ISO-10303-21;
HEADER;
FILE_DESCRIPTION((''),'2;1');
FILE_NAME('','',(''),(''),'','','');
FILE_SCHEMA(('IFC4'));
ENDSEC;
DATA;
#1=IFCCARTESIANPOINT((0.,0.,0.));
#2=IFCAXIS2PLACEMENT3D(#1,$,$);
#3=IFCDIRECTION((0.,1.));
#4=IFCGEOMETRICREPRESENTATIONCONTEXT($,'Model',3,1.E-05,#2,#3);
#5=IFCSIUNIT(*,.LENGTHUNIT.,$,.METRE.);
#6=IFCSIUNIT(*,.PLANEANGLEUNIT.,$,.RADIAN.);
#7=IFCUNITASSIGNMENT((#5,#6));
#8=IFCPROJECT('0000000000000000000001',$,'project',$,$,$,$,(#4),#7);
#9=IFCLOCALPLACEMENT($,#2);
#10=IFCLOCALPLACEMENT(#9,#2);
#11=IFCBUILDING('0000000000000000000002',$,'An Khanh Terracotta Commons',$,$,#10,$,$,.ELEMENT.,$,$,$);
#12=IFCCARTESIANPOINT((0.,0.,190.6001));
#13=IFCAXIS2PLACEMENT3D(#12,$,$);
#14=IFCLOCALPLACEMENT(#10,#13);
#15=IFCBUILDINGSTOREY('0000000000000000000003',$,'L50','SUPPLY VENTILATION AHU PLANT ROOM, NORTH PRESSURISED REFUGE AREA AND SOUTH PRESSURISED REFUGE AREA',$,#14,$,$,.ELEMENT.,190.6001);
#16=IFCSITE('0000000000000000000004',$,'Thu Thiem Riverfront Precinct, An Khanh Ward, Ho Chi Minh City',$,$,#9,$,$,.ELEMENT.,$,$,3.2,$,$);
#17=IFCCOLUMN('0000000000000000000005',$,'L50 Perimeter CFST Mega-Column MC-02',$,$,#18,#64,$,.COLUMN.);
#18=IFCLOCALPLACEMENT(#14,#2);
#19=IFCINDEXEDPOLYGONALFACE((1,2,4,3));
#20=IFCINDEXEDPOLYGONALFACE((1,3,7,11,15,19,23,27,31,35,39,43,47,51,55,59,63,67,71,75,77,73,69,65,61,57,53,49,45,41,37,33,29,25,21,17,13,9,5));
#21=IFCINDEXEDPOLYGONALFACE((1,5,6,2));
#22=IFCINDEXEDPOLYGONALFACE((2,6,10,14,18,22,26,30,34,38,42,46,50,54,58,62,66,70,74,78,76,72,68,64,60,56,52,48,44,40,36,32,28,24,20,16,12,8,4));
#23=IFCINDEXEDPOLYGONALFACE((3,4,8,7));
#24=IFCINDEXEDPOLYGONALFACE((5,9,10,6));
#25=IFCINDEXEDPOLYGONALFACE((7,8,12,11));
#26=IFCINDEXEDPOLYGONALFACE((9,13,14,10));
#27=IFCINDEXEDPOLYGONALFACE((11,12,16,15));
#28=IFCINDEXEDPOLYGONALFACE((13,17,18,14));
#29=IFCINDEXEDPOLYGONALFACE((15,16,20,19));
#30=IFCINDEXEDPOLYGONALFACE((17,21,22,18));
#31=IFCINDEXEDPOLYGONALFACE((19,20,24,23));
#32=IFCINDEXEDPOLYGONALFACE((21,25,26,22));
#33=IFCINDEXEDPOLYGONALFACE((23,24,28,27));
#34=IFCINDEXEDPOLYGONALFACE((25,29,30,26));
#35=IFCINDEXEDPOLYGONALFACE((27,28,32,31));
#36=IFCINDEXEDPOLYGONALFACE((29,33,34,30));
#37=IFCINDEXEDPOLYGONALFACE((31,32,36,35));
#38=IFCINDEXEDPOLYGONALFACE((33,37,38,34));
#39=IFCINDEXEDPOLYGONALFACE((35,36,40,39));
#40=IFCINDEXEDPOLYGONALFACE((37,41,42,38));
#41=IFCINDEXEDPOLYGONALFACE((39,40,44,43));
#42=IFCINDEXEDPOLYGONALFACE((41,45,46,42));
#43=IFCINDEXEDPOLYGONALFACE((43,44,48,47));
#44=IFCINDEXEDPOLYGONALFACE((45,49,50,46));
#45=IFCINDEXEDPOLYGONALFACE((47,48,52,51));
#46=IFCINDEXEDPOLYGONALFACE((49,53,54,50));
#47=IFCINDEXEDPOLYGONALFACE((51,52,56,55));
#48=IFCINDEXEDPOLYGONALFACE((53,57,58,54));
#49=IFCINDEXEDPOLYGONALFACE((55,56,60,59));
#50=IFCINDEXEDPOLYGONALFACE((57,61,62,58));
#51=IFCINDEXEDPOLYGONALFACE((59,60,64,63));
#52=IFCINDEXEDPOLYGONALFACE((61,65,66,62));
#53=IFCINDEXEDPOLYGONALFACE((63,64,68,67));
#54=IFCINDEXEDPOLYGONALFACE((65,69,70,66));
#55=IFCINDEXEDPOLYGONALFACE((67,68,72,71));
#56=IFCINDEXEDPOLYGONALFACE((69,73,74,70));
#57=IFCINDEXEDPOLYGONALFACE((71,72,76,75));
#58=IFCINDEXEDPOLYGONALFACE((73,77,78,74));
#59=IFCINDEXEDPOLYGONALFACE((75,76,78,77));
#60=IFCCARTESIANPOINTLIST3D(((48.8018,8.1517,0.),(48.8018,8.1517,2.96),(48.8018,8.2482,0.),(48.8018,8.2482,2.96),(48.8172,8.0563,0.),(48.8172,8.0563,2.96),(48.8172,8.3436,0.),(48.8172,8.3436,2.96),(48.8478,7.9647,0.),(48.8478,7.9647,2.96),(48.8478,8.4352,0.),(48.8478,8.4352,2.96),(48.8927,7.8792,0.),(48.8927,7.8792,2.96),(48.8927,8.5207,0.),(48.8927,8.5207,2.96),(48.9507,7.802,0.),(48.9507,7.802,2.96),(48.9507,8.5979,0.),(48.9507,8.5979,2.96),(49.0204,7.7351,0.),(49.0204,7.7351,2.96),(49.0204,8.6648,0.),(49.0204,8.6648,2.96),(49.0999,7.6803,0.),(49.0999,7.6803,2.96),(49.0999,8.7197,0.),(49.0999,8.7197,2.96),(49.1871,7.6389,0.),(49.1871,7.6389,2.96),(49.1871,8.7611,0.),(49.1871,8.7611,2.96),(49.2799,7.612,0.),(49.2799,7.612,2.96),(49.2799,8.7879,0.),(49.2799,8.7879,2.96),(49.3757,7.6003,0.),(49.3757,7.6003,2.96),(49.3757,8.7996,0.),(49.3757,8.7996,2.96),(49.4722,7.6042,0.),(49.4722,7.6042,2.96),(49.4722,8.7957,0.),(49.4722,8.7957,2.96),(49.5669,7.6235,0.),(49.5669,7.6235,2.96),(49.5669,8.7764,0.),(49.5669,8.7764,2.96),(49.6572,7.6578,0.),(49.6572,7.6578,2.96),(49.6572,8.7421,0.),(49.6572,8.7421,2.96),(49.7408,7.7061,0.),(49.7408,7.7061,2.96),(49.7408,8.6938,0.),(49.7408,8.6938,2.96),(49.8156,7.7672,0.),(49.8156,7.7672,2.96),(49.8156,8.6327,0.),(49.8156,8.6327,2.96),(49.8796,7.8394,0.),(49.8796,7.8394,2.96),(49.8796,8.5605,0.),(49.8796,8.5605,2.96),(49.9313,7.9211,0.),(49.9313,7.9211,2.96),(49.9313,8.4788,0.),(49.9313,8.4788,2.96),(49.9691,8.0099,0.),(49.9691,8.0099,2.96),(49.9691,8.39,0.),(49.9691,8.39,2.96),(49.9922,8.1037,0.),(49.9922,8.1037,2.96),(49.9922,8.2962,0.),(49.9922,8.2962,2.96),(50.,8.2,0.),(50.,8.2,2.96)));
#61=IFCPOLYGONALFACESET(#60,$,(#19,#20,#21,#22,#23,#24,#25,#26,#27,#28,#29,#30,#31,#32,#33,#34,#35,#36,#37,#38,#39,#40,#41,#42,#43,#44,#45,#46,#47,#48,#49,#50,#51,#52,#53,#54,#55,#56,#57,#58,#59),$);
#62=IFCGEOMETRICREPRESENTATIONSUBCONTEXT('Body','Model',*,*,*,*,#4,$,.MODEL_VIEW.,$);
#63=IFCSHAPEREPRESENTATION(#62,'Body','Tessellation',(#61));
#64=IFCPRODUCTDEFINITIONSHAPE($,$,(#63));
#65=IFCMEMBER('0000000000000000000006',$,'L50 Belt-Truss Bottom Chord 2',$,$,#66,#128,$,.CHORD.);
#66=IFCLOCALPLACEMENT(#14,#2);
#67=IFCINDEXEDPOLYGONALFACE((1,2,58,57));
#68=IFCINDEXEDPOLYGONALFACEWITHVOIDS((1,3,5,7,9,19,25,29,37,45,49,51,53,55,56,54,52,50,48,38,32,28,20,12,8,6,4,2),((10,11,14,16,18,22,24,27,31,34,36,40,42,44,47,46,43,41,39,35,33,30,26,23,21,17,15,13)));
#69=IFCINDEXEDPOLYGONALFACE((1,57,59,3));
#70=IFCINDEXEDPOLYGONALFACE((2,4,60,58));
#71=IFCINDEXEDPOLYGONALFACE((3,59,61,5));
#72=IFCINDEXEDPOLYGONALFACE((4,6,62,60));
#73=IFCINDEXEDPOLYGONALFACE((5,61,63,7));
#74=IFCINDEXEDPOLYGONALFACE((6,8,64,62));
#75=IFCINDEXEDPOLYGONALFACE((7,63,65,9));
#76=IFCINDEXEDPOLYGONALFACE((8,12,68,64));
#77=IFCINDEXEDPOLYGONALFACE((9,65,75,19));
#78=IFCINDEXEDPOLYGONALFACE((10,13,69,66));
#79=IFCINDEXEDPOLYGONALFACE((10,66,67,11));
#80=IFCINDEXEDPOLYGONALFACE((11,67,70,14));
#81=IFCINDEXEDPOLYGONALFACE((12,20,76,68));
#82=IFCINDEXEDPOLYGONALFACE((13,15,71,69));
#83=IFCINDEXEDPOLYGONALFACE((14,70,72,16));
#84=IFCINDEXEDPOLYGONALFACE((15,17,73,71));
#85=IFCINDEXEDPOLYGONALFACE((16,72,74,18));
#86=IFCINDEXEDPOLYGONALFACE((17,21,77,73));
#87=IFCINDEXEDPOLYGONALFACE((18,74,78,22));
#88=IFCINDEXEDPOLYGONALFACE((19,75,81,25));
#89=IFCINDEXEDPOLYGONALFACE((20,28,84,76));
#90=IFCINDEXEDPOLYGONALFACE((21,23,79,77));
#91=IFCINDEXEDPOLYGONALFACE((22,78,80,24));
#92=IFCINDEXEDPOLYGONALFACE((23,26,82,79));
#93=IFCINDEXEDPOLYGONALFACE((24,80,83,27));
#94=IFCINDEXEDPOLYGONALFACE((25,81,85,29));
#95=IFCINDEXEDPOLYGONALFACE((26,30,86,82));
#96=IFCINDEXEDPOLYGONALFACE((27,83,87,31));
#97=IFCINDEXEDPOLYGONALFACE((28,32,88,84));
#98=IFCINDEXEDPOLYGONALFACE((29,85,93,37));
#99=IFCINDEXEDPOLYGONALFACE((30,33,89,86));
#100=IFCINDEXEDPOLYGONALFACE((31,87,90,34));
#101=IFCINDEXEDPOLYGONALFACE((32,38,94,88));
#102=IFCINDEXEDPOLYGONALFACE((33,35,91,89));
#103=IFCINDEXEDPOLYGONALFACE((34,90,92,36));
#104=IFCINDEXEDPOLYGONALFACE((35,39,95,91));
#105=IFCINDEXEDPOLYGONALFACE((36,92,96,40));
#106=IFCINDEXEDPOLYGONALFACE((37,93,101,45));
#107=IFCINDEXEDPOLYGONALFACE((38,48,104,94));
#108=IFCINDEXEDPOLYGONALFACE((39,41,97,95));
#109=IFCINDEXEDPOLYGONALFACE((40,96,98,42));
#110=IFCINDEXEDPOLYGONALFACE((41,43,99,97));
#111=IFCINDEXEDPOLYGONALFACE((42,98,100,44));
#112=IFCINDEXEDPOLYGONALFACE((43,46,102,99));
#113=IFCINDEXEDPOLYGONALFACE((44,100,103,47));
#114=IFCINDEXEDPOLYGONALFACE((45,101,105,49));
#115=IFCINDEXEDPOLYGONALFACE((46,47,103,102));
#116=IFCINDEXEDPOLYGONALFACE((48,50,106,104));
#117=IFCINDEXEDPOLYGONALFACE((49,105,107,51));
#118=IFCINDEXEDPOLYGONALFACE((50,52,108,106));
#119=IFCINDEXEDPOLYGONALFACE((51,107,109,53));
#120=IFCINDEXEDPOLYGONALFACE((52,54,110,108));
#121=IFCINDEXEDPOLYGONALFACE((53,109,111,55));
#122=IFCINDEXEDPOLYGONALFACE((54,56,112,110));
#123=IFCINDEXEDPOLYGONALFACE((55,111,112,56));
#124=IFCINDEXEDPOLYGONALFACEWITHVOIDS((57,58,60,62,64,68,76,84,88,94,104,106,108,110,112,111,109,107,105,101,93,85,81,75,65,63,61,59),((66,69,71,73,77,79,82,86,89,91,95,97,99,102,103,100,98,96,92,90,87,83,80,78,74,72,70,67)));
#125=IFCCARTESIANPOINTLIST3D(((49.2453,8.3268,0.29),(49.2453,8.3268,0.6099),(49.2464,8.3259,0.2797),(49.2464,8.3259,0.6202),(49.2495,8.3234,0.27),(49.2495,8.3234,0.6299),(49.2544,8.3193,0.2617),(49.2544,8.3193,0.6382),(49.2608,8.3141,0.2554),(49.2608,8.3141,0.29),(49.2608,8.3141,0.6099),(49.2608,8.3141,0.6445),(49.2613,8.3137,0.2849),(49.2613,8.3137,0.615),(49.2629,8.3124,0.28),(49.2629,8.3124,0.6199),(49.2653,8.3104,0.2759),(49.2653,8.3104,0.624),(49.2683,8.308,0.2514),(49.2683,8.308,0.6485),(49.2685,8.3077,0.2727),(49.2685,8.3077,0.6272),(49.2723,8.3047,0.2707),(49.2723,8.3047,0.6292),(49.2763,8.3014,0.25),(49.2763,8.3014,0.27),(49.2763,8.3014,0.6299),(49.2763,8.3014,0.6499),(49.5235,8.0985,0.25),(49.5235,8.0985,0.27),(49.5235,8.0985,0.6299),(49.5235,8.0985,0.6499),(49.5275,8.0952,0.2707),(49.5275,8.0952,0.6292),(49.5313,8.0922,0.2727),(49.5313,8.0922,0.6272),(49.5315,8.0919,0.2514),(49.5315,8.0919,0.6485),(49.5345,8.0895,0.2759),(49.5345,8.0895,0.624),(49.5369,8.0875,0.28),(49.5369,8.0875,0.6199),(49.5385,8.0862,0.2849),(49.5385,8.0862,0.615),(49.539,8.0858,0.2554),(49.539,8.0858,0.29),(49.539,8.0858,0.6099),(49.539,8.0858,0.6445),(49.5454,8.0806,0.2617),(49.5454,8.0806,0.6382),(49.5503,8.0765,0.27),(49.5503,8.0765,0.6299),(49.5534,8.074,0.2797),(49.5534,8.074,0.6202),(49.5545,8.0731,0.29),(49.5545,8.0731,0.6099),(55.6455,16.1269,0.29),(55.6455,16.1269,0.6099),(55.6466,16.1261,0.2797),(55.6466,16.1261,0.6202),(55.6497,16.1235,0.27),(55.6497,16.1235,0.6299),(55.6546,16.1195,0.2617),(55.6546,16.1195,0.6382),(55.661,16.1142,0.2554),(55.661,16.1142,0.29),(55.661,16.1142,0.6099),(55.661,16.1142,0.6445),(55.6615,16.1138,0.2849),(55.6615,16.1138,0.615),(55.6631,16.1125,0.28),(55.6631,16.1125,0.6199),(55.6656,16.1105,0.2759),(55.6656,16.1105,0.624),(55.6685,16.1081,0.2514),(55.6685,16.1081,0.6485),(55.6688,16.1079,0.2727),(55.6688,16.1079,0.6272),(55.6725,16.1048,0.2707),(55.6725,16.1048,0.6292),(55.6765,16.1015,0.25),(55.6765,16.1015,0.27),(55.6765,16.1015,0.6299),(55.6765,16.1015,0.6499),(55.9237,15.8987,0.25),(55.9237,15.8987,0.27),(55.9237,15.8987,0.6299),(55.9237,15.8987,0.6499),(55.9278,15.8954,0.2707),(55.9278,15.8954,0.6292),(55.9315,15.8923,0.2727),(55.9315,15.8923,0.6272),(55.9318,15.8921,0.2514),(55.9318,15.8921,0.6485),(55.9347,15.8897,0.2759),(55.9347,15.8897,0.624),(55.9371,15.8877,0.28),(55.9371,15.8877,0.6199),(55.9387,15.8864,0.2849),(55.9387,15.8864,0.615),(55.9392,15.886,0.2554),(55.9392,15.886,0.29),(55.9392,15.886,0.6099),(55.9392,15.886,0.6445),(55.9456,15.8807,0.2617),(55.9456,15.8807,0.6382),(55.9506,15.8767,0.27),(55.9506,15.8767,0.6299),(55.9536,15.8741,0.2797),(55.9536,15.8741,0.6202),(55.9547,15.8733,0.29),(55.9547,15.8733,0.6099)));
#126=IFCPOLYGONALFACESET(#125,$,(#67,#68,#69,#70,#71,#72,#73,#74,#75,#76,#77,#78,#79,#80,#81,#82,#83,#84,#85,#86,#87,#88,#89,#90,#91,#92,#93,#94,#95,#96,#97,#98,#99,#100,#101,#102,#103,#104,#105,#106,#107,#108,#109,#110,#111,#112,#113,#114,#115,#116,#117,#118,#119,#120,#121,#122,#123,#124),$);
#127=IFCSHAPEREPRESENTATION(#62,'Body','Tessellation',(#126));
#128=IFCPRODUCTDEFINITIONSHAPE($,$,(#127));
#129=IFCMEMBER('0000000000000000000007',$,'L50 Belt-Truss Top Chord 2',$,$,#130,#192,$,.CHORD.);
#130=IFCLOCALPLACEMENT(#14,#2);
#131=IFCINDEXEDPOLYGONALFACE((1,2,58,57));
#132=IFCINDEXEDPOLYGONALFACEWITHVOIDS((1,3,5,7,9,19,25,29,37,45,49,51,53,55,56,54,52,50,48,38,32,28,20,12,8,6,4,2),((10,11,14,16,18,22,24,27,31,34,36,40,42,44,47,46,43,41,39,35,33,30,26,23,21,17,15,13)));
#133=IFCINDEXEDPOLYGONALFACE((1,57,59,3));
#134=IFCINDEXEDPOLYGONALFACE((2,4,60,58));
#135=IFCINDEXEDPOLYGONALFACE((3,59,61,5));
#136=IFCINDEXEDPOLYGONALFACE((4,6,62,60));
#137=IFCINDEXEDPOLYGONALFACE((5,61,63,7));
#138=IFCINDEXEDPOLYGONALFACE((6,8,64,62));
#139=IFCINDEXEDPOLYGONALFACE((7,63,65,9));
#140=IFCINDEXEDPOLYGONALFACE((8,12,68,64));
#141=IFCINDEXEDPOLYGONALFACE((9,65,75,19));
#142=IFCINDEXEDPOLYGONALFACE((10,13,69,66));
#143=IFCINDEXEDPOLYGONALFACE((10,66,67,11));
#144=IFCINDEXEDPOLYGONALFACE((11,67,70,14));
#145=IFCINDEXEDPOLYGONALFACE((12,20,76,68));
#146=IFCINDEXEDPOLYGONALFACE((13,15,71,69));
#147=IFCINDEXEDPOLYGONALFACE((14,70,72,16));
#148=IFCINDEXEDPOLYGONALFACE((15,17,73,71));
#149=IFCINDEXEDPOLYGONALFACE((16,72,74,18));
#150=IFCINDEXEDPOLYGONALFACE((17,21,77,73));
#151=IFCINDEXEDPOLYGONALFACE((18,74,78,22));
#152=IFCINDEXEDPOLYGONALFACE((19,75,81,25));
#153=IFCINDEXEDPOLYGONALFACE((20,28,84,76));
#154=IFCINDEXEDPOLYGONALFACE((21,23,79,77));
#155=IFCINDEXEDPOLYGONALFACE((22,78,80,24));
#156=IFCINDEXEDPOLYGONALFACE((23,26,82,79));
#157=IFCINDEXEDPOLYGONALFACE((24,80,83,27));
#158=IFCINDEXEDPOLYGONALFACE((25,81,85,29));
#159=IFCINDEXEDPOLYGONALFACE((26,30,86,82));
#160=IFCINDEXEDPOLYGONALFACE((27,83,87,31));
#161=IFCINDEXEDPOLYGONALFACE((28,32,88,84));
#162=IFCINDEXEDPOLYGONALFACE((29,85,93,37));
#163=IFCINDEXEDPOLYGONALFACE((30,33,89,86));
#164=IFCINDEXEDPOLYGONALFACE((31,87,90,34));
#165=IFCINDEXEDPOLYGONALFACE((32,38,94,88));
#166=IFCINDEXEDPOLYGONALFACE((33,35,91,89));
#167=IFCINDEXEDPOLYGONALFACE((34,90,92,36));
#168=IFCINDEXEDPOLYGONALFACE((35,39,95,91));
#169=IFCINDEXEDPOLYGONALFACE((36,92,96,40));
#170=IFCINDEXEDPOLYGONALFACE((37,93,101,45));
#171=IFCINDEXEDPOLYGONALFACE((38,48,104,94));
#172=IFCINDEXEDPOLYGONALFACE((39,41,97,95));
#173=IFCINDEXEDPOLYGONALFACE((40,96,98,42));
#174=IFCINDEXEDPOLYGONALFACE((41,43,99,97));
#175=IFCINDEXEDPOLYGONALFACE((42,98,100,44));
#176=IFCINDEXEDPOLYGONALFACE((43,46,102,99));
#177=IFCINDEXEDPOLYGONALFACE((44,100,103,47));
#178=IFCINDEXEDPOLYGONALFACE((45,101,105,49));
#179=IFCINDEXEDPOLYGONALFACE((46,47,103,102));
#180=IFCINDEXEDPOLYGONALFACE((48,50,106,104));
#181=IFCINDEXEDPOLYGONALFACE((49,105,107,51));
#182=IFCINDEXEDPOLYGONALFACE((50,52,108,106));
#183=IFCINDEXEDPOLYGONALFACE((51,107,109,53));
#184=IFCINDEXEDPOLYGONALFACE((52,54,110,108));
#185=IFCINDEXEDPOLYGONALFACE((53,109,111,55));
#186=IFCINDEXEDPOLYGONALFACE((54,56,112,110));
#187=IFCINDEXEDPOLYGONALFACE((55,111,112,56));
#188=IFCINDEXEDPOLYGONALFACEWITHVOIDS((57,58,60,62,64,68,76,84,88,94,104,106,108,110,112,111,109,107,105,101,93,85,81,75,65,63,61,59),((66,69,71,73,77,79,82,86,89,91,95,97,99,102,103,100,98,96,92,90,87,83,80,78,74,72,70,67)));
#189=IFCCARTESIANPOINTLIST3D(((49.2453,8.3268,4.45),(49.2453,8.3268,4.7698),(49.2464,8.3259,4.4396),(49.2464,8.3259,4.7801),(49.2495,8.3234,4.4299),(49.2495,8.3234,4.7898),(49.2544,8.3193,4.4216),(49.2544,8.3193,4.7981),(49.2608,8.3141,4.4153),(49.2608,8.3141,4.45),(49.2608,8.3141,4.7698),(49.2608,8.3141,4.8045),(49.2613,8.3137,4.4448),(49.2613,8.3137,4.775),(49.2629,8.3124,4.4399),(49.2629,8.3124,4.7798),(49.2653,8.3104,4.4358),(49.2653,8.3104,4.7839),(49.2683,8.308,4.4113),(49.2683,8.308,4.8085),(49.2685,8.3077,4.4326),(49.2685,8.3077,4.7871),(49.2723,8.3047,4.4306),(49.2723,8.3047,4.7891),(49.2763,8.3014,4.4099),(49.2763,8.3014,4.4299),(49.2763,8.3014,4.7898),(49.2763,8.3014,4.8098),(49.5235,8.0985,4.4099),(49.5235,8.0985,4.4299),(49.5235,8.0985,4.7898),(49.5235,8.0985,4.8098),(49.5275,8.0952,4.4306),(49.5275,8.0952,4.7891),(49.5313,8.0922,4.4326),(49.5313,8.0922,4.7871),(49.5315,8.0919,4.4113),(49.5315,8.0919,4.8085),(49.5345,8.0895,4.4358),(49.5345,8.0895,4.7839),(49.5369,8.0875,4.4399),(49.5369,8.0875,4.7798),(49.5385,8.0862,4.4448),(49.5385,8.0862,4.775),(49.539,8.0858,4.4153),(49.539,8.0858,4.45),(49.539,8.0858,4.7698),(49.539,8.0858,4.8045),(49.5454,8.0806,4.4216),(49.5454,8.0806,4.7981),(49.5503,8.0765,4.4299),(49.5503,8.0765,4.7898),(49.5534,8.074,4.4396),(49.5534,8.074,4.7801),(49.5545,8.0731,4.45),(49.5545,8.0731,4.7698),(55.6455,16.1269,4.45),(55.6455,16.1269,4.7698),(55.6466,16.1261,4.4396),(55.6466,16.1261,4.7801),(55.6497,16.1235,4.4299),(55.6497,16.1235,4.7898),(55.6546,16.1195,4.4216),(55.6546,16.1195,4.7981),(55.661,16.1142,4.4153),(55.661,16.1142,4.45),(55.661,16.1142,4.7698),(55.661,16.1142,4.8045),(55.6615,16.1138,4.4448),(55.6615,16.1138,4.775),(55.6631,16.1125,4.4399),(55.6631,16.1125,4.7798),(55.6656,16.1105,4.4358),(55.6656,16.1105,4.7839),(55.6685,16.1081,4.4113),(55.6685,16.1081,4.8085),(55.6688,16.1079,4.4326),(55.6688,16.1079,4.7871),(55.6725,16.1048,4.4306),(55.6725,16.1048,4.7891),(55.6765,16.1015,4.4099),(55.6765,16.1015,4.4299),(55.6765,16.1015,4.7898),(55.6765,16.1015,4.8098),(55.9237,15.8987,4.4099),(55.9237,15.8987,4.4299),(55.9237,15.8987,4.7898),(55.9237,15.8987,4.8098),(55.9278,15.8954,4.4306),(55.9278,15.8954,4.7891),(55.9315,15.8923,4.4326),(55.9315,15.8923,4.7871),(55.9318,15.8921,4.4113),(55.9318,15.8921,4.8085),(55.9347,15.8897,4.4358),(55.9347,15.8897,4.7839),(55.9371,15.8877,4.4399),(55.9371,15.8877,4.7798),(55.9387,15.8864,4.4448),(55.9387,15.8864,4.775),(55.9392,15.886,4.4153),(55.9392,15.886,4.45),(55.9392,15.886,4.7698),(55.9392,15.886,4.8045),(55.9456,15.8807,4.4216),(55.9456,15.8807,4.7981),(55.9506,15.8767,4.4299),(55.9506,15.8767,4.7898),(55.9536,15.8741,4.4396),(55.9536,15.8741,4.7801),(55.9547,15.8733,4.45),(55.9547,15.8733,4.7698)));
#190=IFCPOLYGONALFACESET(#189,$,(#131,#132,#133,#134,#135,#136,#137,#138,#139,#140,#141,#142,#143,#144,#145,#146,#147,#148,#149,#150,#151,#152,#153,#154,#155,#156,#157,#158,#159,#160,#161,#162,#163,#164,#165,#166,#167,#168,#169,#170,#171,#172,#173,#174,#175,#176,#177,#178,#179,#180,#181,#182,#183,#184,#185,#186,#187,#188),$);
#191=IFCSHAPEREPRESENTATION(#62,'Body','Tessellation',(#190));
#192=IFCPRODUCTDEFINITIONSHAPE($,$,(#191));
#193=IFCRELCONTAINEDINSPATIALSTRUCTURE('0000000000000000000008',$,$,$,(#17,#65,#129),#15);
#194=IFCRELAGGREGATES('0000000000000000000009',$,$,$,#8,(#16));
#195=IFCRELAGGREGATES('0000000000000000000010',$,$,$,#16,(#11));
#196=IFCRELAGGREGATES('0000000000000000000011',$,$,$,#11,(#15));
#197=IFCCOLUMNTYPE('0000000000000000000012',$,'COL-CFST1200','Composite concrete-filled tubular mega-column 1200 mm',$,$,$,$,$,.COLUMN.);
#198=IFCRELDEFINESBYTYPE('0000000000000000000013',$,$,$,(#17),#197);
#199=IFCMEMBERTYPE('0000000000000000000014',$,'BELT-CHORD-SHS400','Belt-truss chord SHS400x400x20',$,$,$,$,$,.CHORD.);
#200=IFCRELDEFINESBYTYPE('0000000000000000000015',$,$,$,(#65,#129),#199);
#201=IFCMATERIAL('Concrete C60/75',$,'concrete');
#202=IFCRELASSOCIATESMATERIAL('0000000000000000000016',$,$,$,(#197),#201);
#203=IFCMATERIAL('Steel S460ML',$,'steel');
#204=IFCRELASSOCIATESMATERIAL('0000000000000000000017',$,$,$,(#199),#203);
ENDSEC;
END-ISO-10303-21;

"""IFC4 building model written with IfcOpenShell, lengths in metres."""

from ifc_helpers import new_model, si_unit, direction, frame, origin, origin_2d, place, context, subcontext, project, spatial, hollow_rectangle, circle, extrude, material, material_profile, profile_set, type_object, element, save


model = new_model("IFC4")

# Units and contexts
model_context = context("Model", 3, precision=1e-05, world=origin(), true_north=direction((0.0, 1.0)))
body_context = subcontext(model_context, "Body", "Model", "MODEL_VIEW")
ifc_project = project(units=[si_unit("LENGTHUNIT", "METRE"), si_unit("PLANEANGLEUNIT", "RADIAN")], contexts=[model_context])

# Site, building, storey
site_placement = place(None, origin())
site = spatial("IfcSite", under=ifc_project, at=site_placement, Name="Thu Thiem Riverfront Precinct, An Khanh Ward, Ho Chi Minh City", CompositionType="ELEMENT", RefElevation=3.2)
building_placement = place(site_placement, origin())
building = spatial("IfcBuilding", under=site, at=building_placement, Name="An Khanh Terracotta Commons", CompositionType="ELEMENT")
storey_placement = place(building_placement, frame((0.0, 0.0, 190.6001)))
storey = spatial("IfcBuildingStorey", under=building, at=storey_placement, Name="L50", Description="SUPPLY VENTILATION AHU PLANT ROOM, NORTH PRESSURISED REFUGE AREA AND SOUTH PRESSURISED REFUGE AREA", CompositionType="ELEMENT", Elevation=190.6001)

# Column
ifc_material_1 = material(Name="Concrete C60/75", Category="concrete")
ifc_material_profile_1 = material_profile(ifc_material_1, circle(Radius=0.6001, at=origin_2d()), Name="CFST1200")
ifc_profile_set_1 = profile_set([ifc_material_profile_1], Name="Concrete C60/75")
column_type = type_object("IfcColumnType", Name="COL-CFST1200", Description="Composite concrete-filled tubular mega-column 1200 mm", PredefinedType="COLUMN", material=ifc_profile_set_1)
column_placement = place(storey_placement, frame((49.3999, 8.2, 0.0), z_axis=(0.0, 0.0, 1.0), x_axis=(1.0, 0.0, 0.0)))
element("IfcColumn", 1, at=column_placement, inside=storey, type_object=column_type, Name="L50 Perimeter CFST Mega-Column MC-02", PredefinedType="COLUMN", context=body_context, shape_type="SweptSolid", body=[
    extrude(circle(Radius=0.6001, at=origin_2d()), origin(), (0.0, 0.0, 1.0), 2.96),
])

# Members
ifc_material_2 = material(Name="Steel S460ML", Category="steel")
ifc_material_profile_2 = material_profile(ifc_material_2, hollow_rectangle(XDim=0.3999, YDim=0.3999, WallThickness=0.02, InnerFilletRadius=0.02, OuterFilletRadius=0.04, at=origin_2d()), Name="SHS400x400x20")
ifc_profile_set_2 = profile_set([ifc_material_profile_2], Name="Steel S460ML")
member_type_1 = type_object("IfcMemberType", Name="BELT-CHORD-SHS400", Description="Belt-truss chord SHS400x400x20", PredefinedType="CHORD", material=ifc_profile_set_2)
for number, where, z_axis, x_axis, name in (
    (2, (49.3999, 8.2, 0.45), (0.634323, 0.773068, 0.0), (-0.773068, 0.634323, 0.0), "L50 Belt-Truss Bottom Chord 2"),
    (3, (49.3999, 8.2, 4.6099), (0.634323, 0.773068, 0.0), (-0.773068, 0.634323, 0.0), "L50 Belt-Truss Top Chord 2"),
):
    element("IfcMember", number, at=place(storey_placement, frame(where, z_axis=z_axis, x_axis=x_axis)), inside=storey, type_object=member_type_1, Name=name, PredefinedType="CHORD", context=body_context, shape_type="SweptSolid", body=[
        extrude(hollow_rectangle(XDim=0.3999, YDim=0.3999, WallThickness=0.02, InnerFilletRadius=0.02, OuterFilletRadius=0.04, at=origin_2d()), origin(), (0.0, 0.0, 1.0), 10.0898),
    ])

save(model, "model.ifc")
